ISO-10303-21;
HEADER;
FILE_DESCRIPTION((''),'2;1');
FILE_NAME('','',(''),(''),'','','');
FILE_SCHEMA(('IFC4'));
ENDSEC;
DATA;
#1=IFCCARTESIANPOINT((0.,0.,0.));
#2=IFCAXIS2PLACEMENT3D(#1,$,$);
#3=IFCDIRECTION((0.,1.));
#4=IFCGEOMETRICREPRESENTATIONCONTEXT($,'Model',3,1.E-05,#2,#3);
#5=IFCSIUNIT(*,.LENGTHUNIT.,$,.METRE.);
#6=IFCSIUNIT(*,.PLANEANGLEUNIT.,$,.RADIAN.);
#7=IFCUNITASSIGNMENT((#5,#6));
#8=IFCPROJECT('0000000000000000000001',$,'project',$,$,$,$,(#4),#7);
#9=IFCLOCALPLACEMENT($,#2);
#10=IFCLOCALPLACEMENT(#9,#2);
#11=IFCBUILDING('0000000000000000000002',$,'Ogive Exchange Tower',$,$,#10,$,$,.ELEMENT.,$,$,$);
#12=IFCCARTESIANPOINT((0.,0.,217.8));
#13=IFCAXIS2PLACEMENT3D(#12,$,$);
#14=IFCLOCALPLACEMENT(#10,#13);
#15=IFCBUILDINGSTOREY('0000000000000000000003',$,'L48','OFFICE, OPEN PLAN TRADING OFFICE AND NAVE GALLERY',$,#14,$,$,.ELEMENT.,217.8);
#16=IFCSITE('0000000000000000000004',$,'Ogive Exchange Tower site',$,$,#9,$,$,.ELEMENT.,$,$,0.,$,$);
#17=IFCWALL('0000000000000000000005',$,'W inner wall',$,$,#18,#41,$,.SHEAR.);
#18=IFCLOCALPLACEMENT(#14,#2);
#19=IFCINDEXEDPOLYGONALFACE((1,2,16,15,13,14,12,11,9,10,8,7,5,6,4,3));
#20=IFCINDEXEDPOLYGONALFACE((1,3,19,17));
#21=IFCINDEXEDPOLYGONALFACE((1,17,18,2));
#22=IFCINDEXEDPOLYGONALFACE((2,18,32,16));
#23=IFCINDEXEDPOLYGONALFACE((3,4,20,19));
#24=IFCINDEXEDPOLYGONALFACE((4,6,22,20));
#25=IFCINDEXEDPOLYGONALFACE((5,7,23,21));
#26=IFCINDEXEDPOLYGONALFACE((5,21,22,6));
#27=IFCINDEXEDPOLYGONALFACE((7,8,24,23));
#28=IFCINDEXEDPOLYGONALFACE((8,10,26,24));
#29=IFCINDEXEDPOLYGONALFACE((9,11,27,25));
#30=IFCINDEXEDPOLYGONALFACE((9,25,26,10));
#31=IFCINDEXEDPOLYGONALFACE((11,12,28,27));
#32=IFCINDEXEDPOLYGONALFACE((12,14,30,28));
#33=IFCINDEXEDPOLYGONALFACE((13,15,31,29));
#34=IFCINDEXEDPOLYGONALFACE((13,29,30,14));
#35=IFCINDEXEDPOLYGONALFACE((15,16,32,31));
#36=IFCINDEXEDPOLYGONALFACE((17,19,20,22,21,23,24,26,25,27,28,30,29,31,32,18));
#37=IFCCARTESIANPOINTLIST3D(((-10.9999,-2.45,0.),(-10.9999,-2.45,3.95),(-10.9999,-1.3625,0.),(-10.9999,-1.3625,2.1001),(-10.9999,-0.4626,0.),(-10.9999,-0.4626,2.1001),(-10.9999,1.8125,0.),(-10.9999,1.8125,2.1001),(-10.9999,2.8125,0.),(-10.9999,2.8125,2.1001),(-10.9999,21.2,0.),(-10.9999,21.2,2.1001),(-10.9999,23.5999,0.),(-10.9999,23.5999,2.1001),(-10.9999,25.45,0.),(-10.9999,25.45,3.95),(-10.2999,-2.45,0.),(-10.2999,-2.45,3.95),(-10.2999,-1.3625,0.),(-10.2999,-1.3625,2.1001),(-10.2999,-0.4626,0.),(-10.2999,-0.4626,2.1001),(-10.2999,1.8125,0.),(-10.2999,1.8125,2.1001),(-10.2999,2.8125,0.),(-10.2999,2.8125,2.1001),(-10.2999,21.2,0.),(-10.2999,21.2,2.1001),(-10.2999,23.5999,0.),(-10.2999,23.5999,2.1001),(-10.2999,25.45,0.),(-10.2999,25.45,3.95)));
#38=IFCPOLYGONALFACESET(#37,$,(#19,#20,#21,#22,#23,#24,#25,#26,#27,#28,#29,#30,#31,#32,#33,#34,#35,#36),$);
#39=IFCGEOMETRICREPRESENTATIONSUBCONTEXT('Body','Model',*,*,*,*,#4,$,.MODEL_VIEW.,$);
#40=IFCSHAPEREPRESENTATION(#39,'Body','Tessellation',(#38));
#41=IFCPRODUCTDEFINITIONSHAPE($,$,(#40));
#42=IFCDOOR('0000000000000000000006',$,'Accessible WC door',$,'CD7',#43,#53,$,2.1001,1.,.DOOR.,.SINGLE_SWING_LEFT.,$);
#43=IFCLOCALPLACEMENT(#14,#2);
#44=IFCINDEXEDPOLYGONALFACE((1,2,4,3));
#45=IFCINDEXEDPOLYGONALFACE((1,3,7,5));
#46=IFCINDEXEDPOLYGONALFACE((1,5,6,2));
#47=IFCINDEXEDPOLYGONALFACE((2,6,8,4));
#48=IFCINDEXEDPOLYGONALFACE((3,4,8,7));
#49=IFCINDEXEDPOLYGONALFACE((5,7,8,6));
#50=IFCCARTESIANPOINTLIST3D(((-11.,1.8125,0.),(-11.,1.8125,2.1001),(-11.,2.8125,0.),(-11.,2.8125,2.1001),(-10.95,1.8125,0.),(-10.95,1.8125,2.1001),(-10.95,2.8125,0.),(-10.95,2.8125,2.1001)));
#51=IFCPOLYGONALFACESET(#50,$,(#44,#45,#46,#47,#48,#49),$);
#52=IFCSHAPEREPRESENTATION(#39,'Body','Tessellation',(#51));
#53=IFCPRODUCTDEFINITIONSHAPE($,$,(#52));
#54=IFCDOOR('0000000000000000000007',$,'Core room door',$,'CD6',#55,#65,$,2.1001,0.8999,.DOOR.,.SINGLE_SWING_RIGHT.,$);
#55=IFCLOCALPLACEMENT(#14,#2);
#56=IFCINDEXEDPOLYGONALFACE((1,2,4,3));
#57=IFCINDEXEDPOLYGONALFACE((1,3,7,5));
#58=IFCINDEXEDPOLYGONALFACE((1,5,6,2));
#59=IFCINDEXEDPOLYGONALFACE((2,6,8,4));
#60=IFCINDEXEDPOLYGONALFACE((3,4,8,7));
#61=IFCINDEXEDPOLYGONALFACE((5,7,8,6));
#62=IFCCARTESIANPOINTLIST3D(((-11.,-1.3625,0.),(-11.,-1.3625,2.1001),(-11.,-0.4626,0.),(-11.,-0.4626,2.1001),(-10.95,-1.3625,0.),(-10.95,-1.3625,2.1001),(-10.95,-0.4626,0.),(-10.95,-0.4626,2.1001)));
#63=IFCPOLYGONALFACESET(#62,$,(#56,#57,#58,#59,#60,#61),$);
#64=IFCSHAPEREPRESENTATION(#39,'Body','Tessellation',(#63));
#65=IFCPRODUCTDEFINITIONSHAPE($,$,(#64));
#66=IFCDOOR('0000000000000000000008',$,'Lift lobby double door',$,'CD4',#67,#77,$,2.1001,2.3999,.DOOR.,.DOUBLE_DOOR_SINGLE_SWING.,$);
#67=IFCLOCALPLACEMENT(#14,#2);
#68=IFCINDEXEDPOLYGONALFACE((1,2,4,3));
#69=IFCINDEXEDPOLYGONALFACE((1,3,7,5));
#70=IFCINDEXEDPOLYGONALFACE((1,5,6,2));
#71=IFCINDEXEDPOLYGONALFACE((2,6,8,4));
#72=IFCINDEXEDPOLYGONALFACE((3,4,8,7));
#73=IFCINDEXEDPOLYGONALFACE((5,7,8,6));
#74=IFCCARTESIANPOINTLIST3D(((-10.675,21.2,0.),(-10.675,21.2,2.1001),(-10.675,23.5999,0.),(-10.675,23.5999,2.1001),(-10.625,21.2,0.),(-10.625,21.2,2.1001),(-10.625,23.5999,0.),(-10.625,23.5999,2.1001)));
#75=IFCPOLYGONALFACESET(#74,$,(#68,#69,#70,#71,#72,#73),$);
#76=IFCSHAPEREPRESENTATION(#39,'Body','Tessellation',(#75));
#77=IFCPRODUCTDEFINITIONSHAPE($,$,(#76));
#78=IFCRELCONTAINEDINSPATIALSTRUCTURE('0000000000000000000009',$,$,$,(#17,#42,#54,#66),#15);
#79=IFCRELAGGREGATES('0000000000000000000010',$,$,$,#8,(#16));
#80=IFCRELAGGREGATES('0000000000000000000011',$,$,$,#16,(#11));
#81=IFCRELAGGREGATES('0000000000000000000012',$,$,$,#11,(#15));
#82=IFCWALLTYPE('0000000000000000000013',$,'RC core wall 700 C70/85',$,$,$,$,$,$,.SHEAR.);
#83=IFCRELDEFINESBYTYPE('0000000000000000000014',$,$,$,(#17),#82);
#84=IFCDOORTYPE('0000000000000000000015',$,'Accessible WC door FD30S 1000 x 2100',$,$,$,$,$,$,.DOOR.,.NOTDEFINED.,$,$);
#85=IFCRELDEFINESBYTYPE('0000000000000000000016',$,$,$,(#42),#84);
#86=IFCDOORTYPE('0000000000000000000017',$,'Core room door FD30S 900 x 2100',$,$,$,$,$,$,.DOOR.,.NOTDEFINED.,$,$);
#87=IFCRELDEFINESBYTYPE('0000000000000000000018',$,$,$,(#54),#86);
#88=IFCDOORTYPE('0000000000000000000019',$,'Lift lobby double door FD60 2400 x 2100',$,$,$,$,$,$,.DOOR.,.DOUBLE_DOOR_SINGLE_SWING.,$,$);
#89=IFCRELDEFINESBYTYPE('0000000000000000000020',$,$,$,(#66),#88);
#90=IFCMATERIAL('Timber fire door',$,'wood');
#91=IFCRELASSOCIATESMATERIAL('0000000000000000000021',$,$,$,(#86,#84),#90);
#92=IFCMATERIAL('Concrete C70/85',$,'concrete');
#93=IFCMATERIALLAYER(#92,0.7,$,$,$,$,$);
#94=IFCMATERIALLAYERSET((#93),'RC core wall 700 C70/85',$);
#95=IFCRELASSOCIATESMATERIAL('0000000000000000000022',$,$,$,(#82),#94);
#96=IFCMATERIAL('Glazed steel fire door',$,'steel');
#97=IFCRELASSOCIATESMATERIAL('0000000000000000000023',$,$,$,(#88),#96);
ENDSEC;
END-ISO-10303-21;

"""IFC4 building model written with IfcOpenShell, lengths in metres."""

from ifc_helpers import new_model, si_unit, direction, frame, frame_2d, origin, place, context, subcontext, project, spatial, rectangle, extrude, material, layer, layer_set, type_object, element, fill, save


model = new_model("IFC4")

# Units and contexts
model_context = context("Model", 3, precision=1e-05, world=origin(), true_north=direction((0.0, 1.0)))
body_context = subcontext(model_context, "Body", "Model", "MODEL_VIEW")
ifc_project = project(units=[si_unit("LENGTHUNIT", "METRE"), si_unit("PLANEANGLEUNIT", "RADIAN")], contexts=[model_context])

# Site, building, storey
site_placement = place(None, origin())
site = spatial("IfcSite", under=ifc_project, at=site_placement, Name="Ogive Exchange Tower site", CompositionType="ELEMENT", RefElevation=0.0)
building_placement = place(site_placement, origin())
building = spatial("IfcBuilding", under=site, at=building_placement, Name="Ogive Exchange Tower", CompositionType="ELEMENT")
storey_placement = place(building_placement, frame((0.0, 0.0, 217.8)))
storey = spatial("IfcBuildingStorey", under=building, at=storey_placement, Name="L48", Description="OFFICE, OPEN PLAN TRADING OFFICE AND NAVE GALLERY", CompositionType="ELEMENT", Elevation=217.8)

# Shared definitions
ifc_material_1 = material(Name="Concrete C70/85", Category="concrete")

# Shared definitions
ifc_material_2 = material(Name="Timber fire door", Category="wood")
door_type_1 = type_object("IfcDoorType", Name="Core room door FD30S 900 x 2100", OperationType="NOTDEFINED", PredefinedType="DOOR", material=ifc_material_2)

# Wall, openings, doors
ifc_layer_1 = layer(ifc_material_1, 0.7)
ifc_layer_set_1 = layer_set([ifc_layer_1], Name="RC core wall 700 C70/85")
wall_type_1 = type_object("IfcWallType", Name="RC core wall 700 C70/85", PredefinedType="SHEAR", material=ifc_layer_set_1)
wall_1_placement = place(storey_placement, frame((-10.6499, -2.45, 0.0), z_axis=(0.0, 0.0, 1.0), x_axis=(0.0, 1.0, 0.0)))
wall_1 = element("IfcWall", 1, at=wall_1_placement, inside=storey, type_object=wall_type_1, Name="W inner wall", PredefinedType="SHEAR", context=body_context, shape_type="SweptSolid", body=[
    extrude(rectangle(XDim=27.8999, YDim=0.7, at=frame_2d((13.95, 0.0))), origin(), (0.0, 0.0, 1.0), 3.95),
])
opening_1_placement = place(wall_1_placement, frame((23.6499, 0.0, 0.0)))
opening_1 = element("IfcOpeningElement", 2, at=opening_1_placement, cuts=wall_1, PredefinedType="OPENING", context=body_context, shape_type="SweptSolid", body=[
    extrude(rectangle(XDim=2.3999, YDim=2.1001, at=frame_2d((1.2, 1.05))), frame((0.0, 0.3599, 0.0), z_axis=(0.0, -1.0, 0.0), x_axis=(1.0, 0.0, 0.0)), (0.0, 0.0, 1.0), 0.72),
])
opening_2_placement = place(wall_1_placement, frame((1.0874, 0.0, 0.0)))
opening_2 = element("IfcOpeningElement", 3, at=opening_2_placement, cuts=wall_1, PredefinedType="OPENING", context=body_context, shape_type="SweptSolid", body=[
    extrude(rectangle(XDim=0.8999, YDim=2.1001, at=frame_2d((0.45, 1.05))), frame((0.0, 0.3599, 0.0), z_axis=(0.0, -1.0, 0.0), x_axis=(1.0, 0.0, 0.0)), (0.0, 0.0, 1.0), 0.72),
])
opening_3_placement = place(wall_1_placement, frame((4.2625, 0.0, 0.0)))
opening_3 = element("IfcOpeningElement", 4, at=opening_3_placement, cuts=wall_1, PredefinedType="OPENING", context=body_context, shape_type="SweptSolid", body=[
    extrude(rectangle(XDim=1.0, YDim=2.1001, at=frame_2d((0.5, 1.05))), frame((0.0, 0.3599, 0.0), z_axis=(0.0, -1.0, 0.0), x_axis=(1.0, 0.0, 0.0)), (0.0, 0.0, 1.0), 0.72),
])
door_type_2 = type_object("IfcDoorType", Name="Accessible WC door FD30S 1000 x 2100", OperationType="NOTDEFINED", PredefinedType="DOOR", material=ifc_material_2)
door_1_placement = place(opening_3_placement, origin())
door_1 = element("IfcDoor", 5, at=door_1_placement, inside=storey, type_object=door_type_2, Name="Accessible WC door", ObjectType="CD7", OperationType="SINGLE_SWING_LEFT", OverallHeight=2.1001, OverallWidth=1.0, PredefinedType="DOOR", context=body_context, shape_type="SweptSolid", body=[
    extrude(rectangle(XDim=1.0, YDim=2.1001, at=frame_2d((0.5, 1.05))), frame((0.0, 0.3501, 0.0), z_axis=(0.0, -1.0, 0.0), x_axis=(1.0, 0.0, 0.0)), (0.0, 0.0, 1.0), 0.05),
])
fill(opening_3, door_1)
door_2_placement = place(opening_2_placement, origin())
door_2 = element("IfcDoor", 6, at=door_2_placement, inside=storey, type_object=door_type_1, Name="Core room door", ObjectType="CD6", OperationType="SINGLE_SWING_RIGHT", OverallHeight=2.1001, OverallWidth=0.8999, PredefinedType="DOOR", context=body_context, shape_type="SweptSolid", body=[
    extrude(rectangle(XDim=0.8999, YDim=2.1001, at=frame_2d((0.45, 1.05))), frame((0.0, 0.3501, 0.0), z_axis=(0.0, -1.0, 0.0), x_axis=(1.0, 0.0, 0.0)), (0.0, 0.0, 1.0), 0.05),
])
fill(opening_2, door_2)
ifc_material_3 = material(Name="Glazed steel fire door", Category="steel")
door_type_3 = type_object("IfcDoorType", Name="Lift lobby double door FD60 2400 x 2100", OperationType="DOUBLE_DOOR_SINGLE_SWING", PredefinedType="DOOR", material=ifc_material_3)
door_3_placement = place(opening_1_placement, frame((2.3999, 0.0, 0.0), z_axis=(0.0, 0.0, 1.0), x_axis=(-1.0, 0.0, 0.0)))
door_3 = element("IfcDoor", 7, at=door_3_placement, inside=storey, type_object=door_type_3, Name="Lift lobby double door", ObjectType="CD4", OperationType="DOUBLE_DOOR_SINGLE_SWING", OverallHeight=2.1001, OverallWidth=2.3999, PredefinedType="DOOR", context=body_context, shape_type="SweptSolid", body=[
    extrude(rectangle(XDim=2.3999, YDim=2.1001, at=frame_2d((1.2, 1.05))), frame((0.0, 0.0249, 0.0), z_axis=(0.0, -1.0, 0.0), x_axis=(1.0, 0.0, 0.0)), (0.0, 0.0, 1.0), 0.05),
])
fill(opening_1, door_3)

save(model, "model.ifc")
